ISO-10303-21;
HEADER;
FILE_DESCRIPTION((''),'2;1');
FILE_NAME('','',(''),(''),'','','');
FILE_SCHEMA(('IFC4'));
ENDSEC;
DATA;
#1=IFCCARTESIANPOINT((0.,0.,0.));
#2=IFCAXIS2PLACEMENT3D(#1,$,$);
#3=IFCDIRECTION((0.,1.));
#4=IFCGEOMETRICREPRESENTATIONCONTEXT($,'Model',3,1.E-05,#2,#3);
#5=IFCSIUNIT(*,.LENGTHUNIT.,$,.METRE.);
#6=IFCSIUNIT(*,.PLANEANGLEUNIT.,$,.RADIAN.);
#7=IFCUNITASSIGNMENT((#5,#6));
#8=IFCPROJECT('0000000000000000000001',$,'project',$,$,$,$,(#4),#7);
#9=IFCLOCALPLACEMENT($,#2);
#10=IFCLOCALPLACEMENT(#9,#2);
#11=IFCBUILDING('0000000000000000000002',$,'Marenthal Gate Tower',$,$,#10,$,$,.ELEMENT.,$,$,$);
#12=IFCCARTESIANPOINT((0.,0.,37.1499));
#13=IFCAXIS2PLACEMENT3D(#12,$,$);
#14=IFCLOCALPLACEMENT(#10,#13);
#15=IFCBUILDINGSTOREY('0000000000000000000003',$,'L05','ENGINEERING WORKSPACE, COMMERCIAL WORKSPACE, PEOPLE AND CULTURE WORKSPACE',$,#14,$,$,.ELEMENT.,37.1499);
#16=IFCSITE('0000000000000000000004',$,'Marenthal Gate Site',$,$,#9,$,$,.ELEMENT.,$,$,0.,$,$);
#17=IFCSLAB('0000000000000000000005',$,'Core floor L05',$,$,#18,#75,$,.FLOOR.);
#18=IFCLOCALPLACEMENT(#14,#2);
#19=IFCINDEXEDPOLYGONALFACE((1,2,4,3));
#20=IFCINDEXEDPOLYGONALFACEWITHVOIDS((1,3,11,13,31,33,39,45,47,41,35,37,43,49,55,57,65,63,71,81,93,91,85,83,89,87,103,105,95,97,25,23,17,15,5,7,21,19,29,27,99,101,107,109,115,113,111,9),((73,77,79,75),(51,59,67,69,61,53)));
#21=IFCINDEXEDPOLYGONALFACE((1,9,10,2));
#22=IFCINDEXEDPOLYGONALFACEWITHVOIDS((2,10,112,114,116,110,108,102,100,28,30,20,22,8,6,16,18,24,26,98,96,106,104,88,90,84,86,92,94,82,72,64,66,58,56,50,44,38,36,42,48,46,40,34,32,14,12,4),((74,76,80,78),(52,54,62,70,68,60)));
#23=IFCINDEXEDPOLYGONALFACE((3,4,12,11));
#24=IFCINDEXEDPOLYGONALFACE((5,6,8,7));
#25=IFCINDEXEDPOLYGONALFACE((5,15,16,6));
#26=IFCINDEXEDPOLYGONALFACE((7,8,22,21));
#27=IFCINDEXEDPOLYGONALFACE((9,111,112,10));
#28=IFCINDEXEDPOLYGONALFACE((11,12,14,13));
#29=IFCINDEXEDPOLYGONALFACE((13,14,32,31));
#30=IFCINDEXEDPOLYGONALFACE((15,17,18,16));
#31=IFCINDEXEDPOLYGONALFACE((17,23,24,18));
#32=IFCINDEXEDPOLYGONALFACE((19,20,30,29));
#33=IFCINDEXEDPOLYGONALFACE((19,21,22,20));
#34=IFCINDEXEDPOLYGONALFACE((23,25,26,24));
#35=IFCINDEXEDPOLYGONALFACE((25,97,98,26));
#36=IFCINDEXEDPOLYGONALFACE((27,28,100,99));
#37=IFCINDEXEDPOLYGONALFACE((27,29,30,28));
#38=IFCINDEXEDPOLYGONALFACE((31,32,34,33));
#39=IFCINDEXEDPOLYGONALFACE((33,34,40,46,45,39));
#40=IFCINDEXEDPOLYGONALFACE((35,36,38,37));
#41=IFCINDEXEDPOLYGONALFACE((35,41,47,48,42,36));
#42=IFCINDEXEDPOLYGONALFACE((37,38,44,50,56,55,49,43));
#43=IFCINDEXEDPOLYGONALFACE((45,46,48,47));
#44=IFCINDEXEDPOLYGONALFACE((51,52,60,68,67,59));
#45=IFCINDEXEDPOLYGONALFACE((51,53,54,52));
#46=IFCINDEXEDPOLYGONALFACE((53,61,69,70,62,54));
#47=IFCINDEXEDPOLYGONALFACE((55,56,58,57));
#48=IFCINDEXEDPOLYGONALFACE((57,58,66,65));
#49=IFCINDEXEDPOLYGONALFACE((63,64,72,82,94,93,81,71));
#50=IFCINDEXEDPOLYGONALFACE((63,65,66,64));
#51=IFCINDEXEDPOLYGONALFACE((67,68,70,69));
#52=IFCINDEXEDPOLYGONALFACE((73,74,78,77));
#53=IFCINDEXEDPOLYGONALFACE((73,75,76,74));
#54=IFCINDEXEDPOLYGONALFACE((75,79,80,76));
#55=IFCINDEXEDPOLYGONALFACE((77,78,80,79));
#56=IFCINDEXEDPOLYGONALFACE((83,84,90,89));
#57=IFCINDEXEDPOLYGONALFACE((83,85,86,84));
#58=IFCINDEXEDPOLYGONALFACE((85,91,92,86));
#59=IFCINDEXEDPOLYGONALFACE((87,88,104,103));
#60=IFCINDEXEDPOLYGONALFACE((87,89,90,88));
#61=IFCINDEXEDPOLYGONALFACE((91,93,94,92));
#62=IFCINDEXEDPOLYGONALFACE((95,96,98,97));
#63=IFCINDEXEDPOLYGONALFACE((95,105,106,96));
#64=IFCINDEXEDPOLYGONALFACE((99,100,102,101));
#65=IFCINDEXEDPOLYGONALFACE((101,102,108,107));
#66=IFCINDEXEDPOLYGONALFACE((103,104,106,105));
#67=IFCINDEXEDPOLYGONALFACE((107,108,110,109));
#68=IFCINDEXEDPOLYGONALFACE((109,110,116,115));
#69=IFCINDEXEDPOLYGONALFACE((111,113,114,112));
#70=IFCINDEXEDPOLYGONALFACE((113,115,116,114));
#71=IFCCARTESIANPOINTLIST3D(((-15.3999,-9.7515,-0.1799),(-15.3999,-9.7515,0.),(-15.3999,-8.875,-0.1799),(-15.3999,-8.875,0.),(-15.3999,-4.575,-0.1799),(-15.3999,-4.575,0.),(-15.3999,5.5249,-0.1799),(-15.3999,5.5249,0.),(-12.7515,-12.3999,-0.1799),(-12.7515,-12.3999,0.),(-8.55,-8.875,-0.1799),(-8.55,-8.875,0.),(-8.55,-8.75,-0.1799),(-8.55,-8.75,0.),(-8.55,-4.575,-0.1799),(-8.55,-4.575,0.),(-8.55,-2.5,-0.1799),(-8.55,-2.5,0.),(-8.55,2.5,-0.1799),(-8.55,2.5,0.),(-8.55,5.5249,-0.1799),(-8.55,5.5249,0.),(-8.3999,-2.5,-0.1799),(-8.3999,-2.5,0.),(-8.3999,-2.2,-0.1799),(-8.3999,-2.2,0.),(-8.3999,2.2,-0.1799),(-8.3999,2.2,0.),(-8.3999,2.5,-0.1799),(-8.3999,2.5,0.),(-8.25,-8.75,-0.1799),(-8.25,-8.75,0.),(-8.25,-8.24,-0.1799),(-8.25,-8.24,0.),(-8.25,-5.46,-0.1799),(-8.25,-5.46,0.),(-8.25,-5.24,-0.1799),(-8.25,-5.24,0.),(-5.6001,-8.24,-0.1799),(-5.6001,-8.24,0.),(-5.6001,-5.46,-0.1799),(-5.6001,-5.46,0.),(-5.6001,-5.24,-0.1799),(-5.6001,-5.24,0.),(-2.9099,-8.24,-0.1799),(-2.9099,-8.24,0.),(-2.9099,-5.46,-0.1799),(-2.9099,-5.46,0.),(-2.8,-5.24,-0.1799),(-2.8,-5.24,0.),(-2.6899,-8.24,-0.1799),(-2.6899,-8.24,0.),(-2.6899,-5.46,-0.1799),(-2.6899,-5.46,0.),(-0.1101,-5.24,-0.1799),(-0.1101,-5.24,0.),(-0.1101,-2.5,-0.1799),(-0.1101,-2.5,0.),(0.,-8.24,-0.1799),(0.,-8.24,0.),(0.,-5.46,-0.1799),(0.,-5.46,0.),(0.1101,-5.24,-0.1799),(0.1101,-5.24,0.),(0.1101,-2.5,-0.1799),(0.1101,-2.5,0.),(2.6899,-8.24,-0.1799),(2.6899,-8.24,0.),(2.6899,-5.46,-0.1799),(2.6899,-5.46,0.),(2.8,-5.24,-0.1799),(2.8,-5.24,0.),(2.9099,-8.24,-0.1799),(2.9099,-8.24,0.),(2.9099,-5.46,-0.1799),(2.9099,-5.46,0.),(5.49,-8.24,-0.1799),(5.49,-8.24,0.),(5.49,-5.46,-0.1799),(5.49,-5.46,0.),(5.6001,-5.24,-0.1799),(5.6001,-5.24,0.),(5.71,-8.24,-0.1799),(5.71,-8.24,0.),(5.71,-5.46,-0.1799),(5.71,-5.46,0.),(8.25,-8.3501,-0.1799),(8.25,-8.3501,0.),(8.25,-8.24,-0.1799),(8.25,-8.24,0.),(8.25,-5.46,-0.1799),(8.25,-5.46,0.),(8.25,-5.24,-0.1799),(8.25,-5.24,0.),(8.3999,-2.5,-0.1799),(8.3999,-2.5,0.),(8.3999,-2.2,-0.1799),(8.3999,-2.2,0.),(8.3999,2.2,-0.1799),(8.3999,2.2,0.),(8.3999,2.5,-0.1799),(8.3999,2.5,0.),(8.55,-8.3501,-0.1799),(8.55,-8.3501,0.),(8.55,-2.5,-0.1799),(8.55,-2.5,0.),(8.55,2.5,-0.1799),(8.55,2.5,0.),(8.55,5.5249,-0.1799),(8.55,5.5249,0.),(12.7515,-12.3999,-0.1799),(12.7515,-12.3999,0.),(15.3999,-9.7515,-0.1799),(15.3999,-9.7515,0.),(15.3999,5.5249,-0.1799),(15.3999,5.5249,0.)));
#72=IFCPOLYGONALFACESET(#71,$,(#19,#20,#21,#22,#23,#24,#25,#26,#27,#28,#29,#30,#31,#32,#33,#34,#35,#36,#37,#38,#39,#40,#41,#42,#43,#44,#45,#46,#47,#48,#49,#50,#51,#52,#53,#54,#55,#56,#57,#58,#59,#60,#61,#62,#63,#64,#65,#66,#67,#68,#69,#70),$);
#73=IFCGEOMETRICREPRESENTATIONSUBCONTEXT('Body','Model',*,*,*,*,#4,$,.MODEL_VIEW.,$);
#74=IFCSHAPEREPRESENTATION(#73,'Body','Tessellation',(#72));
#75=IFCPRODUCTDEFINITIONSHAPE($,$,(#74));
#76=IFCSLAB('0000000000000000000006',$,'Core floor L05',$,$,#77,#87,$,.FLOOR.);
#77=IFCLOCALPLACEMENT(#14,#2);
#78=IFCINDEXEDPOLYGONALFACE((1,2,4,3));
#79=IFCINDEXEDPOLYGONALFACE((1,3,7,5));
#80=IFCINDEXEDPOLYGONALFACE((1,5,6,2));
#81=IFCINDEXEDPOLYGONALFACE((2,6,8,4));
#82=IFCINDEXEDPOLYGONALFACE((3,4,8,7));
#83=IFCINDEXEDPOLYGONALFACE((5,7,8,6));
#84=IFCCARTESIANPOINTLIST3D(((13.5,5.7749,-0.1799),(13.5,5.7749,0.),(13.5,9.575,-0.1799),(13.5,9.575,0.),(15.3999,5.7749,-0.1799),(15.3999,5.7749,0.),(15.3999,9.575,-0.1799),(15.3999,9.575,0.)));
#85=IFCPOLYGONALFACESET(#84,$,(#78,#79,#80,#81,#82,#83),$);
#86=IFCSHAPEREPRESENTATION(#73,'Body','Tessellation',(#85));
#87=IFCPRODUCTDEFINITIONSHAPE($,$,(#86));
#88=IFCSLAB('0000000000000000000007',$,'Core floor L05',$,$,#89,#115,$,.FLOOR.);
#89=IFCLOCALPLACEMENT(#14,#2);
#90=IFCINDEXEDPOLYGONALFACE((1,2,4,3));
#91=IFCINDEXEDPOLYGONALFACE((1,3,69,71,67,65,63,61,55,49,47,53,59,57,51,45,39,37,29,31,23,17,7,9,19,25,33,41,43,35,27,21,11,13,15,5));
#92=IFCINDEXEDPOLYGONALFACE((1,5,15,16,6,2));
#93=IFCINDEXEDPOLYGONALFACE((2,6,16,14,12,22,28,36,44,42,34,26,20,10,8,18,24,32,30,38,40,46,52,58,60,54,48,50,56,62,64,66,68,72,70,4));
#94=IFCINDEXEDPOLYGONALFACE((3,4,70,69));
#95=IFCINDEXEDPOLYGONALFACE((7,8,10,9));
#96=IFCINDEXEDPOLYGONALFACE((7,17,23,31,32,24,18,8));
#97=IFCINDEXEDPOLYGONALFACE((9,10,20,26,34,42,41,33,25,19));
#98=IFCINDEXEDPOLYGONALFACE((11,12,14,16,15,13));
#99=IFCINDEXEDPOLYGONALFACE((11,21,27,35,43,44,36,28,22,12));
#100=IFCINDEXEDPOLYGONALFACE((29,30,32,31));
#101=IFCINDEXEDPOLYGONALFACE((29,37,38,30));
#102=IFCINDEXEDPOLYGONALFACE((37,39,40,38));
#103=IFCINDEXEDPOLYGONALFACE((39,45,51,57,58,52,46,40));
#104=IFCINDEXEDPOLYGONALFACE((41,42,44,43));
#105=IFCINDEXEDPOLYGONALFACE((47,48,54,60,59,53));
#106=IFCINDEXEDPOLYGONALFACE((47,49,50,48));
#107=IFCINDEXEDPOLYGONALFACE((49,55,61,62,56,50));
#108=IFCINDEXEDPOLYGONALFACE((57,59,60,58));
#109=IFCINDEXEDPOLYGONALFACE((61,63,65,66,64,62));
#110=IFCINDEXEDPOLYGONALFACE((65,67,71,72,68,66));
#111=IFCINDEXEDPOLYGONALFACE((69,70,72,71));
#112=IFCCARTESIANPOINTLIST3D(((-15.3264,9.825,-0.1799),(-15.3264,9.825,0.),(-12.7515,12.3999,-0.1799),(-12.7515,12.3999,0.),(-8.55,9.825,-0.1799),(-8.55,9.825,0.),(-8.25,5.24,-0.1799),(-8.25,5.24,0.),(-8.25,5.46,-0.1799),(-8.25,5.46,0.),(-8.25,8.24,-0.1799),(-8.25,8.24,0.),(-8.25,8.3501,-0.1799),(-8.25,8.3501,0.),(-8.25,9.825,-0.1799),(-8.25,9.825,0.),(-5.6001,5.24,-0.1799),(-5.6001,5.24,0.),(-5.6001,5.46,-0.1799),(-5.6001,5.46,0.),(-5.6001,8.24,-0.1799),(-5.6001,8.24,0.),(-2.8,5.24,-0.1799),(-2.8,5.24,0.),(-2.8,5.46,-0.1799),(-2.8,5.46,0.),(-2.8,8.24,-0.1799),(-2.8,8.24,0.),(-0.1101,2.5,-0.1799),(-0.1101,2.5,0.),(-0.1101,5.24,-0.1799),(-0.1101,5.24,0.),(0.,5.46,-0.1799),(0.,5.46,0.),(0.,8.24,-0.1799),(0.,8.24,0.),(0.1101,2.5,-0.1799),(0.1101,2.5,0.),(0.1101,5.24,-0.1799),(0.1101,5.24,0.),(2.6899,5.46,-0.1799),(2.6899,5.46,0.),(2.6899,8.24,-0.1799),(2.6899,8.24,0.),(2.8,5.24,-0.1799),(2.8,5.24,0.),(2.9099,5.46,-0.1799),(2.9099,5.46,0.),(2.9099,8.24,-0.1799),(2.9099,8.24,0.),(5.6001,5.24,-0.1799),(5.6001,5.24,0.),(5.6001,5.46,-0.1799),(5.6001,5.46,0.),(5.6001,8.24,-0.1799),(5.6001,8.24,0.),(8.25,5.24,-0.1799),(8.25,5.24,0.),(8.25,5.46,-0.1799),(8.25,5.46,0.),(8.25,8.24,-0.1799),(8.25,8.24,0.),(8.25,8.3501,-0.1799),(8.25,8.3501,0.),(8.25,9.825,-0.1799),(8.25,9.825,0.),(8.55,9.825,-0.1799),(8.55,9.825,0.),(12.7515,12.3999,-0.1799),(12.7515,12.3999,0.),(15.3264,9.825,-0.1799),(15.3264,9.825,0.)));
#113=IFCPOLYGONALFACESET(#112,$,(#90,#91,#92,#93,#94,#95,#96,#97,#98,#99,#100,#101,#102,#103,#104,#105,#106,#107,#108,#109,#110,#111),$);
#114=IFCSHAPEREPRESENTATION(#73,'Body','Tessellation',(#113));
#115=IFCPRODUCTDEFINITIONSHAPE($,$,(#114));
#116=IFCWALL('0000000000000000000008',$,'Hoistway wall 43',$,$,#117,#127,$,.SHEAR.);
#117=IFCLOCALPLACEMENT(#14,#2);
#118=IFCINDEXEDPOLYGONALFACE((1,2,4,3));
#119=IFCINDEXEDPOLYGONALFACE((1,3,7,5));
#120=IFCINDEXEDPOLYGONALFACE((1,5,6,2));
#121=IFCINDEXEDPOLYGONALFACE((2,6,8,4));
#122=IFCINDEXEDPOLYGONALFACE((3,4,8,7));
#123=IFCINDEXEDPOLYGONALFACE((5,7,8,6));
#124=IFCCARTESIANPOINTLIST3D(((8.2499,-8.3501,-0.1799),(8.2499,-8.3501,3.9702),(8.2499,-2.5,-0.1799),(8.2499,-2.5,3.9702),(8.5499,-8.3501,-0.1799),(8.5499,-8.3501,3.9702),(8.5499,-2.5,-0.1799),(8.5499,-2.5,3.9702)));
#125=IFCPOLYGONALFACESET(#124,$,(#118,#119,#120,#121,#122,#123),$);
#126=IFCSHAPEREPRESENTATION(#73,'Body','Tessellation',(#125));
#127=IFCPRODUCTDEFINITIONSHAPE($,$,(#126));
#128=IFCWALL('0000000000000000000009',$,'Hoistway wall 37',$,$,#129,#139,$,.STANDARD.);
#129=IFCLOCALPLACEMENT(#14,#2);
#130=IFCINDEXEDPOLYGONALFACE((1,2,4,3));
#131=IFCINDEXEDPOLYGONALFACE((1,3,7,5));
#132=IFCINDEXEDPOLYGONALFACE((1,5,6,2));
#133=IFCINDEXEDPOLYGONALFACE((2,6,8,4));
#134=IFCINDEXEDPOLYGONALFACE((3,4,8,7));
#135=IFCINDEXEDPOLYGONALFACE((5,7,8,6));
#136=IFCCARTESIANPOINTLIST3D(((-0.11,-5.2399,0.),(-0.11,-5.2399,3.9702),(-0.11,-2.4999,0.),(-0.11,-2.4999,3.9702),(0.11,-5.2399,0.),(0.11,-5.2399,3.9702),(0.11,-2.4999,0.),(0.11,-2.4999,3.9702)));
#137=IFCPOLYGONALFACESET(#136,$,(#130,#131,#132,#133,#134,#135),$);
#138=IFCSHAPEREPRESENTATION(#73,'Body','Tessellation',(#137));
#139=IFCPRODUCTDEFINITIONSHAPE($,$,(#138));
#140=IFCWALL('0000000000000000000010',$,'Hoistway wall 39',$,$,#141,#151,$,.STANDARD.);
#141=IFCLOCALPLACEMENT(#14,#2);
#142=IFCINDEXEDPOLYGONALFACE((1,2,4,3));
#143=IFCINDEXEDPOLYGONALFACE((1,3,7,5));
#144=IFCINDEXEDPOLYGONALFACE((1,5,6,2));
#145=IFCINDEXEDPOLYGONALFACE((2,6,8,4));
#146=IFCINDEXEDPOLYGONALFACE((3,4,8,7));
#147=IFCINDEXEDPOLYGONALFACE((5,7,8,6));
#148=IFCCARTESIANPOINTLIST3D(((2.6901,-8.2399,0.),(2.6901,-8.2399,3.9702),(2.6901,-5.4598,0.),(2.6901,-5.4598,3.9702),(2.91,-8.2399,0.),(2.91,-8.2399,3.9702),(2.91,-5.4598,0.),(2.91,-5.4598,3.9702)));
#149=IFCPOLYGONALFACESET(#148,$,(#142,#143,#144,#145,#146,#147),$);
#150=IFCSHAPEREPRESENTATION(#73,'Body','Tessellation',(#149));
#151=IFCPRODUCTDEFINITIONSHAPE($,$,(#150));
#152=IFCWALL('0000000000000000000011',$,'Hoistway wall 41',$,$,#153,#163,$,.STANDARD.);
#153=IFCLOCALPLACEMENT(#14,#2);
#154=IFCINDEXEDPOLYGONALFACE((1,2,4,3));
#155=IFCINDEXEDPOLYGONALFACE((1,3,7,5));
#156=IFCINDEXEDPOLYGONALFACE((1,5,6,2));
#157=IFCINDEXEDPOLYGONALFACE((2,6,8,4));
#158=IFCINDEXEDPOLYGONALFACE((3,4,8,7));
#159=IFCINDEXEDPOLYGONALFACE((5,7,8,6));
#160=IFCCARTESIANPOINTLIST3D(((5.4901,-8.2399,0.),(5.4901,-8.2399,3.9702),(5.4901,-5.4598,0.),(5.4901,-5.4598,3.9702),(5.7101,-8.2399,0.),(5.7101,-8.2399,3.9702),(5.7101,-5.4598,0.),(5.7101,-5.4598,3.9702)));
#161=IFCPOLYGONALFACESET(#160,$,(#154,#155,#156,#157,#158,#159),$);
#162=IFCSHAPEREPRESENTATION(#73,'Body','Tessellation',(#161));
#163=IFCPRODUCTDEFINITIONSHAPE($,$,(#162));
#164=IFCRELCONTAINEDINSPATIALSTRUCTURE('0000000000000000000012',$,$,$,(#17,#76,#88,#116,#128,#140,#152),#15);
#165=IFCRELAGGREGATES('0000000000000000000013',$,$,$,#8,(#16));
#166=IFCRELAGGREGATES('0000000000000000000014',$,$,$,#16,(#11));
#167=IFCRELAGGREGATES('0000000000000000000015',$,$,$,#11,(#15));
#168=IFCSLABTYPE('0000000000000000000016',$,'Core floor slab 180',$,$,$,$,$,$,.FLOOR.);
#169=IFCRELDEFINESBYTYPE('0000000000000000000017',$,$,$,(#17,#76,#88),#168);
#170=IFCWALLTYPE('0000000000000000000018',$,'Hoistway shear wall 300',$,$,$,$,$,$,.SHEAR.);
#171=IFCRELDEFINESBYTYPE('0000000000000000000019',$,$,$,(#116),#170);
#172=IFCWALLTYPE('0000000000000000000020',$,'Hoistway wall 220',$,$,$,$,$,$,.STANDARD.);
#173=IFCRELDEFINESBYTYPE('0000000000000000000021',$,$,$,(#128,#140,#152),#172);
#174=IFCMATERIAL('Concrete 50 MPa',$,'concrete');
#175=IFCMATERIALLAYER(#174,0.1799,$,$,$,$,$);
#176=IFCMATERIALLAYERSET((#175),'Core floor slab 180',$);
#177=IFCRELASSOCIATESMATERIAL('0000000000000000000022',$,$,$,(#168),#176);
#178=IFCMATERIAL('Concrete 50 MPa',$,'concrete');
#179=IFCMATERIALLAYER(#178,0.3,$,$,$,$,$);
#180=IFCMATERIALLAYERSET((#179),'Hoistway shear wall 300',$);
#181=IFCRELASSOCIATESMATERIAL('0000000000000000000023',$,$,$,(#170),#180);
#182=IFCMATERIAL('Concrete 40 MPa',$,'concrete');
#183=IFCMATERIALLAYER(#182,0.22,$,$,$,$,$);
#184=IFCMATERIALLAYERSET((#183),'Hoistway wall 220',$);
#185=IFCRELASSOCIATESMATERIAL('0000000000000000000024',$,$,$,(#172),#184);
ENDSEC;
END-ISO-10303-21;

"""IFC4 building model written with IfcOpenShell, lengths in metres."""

from ifc_helpers import new_model, si_unit, direction, frame, frame_2d, origin, place, context, subcontext, project, spatial, polyline, rectangle, outline, extrude, material, layer, layer_set, type_object, element, save


model = new_model("IFC4")

# Units and contexts
model_context = context("Model", 3, precision=1e-05, world=origin(), true_north=direction((0.0, 1.0)))
body_context = subcontext(model_context, "Body", "Model", "MODEL_VIEW")
ifc_project = project(units=[si_unit("LENGTHUNIT", "METRE"), si_unit("PLANEANGLEUNIT", "RADIAN")], contexts=[model_context])

# Site, building, storey
site_placement = place(None, origin())
site = spatial("IfcSite", under=ifc_project, at=site_placement, Name="Marenthal Gate Site", CompositionType="ELEMENT", RefElevation=0.0)
building_placement = place(site_placement, origin())
building = spatial("IfcBuilding", under=site, at=building_placement, Name="Marenthal Gate Tower", CompositionType="ELEMENT")
storey_placement = place(building_placement, frame((0.0, 0.0, 37.1499)))
storey = spatial("IfcBuildingStorey", under=building, at=storey_placement, Name="L05", Description="ENGINEERING WORKSPACE, COMMERCIAL WORKSPACE, PEOPLE AND CULTURE WORKSPACE", CompositionType="ELEMENT", Elevation=37.1499)

# Slabs
ifc_material_1 = material(Name="Concrete 50 MPa", Category="concrete")
ifc_layer_1 = layer(ifc_material_1, 0.1799)
ifc_layer_set_1 = layer_set([ifc_layer_1], Name="Core floor slab 180")
slab_type_1 = type_object("IfcSlabType", Name="Core floor slab 180", PredefinedType="FLOOR", material=ifc_layer_set_1)
slab_1_placement = place(storey_placement, frame((0.0, 0.0, -0.1799)))
element("IfcSlab", 1, at=slab_1_placement, inside=storey, type_object=slab_type_1, Name="Core floor L05", PredefinedType="FLOOR", context=body_context, shape_type="SweptSolid", body=[
    extrude(outline(polyline([(15.3999, -9.7515), (12.7515, -12.3999), (-12.7515, -12.3999), (-15.3999, -9.7515), (-15.3999, -8.875), (-8.55, -8.875), (-8.55, -8.75), (-8.25, -8.75), (-8.25, -8.24), (-5.6001, -8.24), (-2.9099, -8.24), (-2.9099, -5.46), (-5.6001, -5.46), (-8.25, -5.46), (-8.25, -5.24), (-5.6001, -5.24), (-2.8, -5.24), (-0.1101, -5.24), (-0.1101, -2.5), (0.1101, -2.5), (0.1101, -5.24), (2.8, -5.24), (5.6001, -5.24), (8.25, -5.24), (8.25, -5.46), (5.71, -5.46), (5.71, -8.24), (8.25, -8.24), (8.25, -8.3501), (8.55, -8.3501), (8.55, -2.5), (8.3999, -2.5), (8.3999, -2.2), (-8.3999, -2.2), (-8.3999, -2.5), (-8.55, -2.5), (-8.55, -4.575), (-15.3999, -4.575), (-15.3999, 5.5249), (-8.55, 5.5249), (-8.55, 2.5), (-8.3999, 2.5), (-8.3999, 2.2), (8.3999, 2.2), (8.3999, 2.5), (8.55, 2.5), (8.55, 5.5249), (15.3999, 5.5249), (15.3999, -9.7515)]), holes=[polyline([(2.6899, -5.46), (0.0, -5.46), (-2.6899, -5.46), (-2.6899, -8.24), (0.0, -8.24), (2.6899, -8.24), (2.6899, -5.46)]), polyline([(5.49, -5.46), (2.9099, -5.46), (2.9099, -8.24), (5.49, -8.24), (5.49, -5.46)])]), origin(), (0.0, 0.0, 1.0), 0.1799),
])
slab_2_placement = place(storey_placement, frame((0.0, 0.0, -0.1799)))
element("IfcSlab", 2, at=slab_2_placement, inside=storey, type_object=slab_type_1, Name="Core floor L05", PredefinedType="FLOOR", context=body_context, shape_type="SweptSolid", body=[
    extrude(outline(polyline([(15.3999, 5.7749), (13.5, 5.7749), (13.5, 9.575), (15.3999, 9.575), (15.3999, 5.7749)])), origin(), (0.0, 0.0, 1.0), 0.1799),
])
slab_3_placement = place(storey_placement, frame((0.0, 0.0, -0.1799)))
element("IfcSlab", 3, at=slab_3_placement, inside=storey, type_object=slab_type_1, Name="Core floor L05", PredefinedType="FLOOR", context=body_context, shape_type="SweptSolid", body=[
    extrude(outline(polyline([(12.7515, 12.3999), (15.3264, 9.825), (8.55, 9.825), (8.25, 9.825), (8.25, 8.3501), (8.25, 8.24), (5.6001, 8.24), (2.9099, 8.24), (2.9099, 5.46), (5.6001, 5.46), (8.25, 5.46), (8.25, 5.24), (5.6001, 5.24), (2.8, 5.24), (0.1101, 5.24), (0.1101, 2.5), (-0.1101, 2.5), (-0.1101, 5.24), (-2.8, 5.24), (-5.6001, 5.24), (-8.25, 5.24), (-8.25, 5.46), (-5.6001, 5.46), (-2.8, 5.46), (0.0, 5.46), (2.6899, 5.46), (2.6899, 8.24), (0.0, 8.24), (-2.8, 8.24), (-5.6001, 8.24), (-8.25, 8.24), (-8.25, 8.3501), (-8.25, 9.825), (-8.55, 9.825), (-15.3264, 9.825), (-12.7515, 12.3999), (12.7515, 12.3999)])), origin(), (0.0, 0.0, 1.0), 0.1799),
])

# Walls
ifc_material_2 = material(Name="Concrete 50 MPa", Category="concrete")
ifc_layer_2 = layer(ifc_material_2, 0.3)
ifc_layer_set_2 = layer_set([ifc_layer_2], Name="Hoistway shear wall 300")
wall_type_1 = type_object("IfcWallType", Name="Hoistway shear wall 300", PredefinedType="SHEAR", material=ifc_layer_set_2)
wall_1_placement = place(storey_placement, frame((8.3999, -8.3501, -0.1799), z_axis=(0.0, 0.0, 1.0), x_axis=(0.0, 1.0, 0.0)))
element("IfcWall", 4, at=wall_1_placement, inside=storey, type_object=wall_type_1, Name="Hoistway wall 43", PredefinedType="SHEAR", context=body_context, shape_type="SweptSolid", body=[
    extrude(rectangle(XDim=5.8501, YDim=0.3, at=frame_2d((2.925, 0.0))), origin(), (0.0, 0.0, 1.0), 4.1501),
])
ifc_material_3 = material(Name="Concrete 40 MPa", Category="concrete")
ifc_layer_3 = layer(ifc_material_3, 0.22)
ifc_layer_set_3 = layer_set([ifc_layer_3], Name="Hoistway wall 220")
wall_type_2 = type_object("IfcWallType", Name="Hoistway wall 220", PredefinedType="STANDARD", material=ifc_layer_set_3)
wall_2_placement = place(storey_placement, frame((0.0, -5.24, 0.0), z_axis=(0.0, 0.0, 1.0), x_axis=(0.0, 1.0, 0.0)))
element("IfcWall", 5, at=wall_2_placement, inside=storey, type_object=wall_type_2, Name="Hoistway wall 37", PredefinedType="STANDARD", context=body_context, shape_type="SweptSolid", body=[
    extrude(rectangle(XDim=2.74, YDim=0.22, at=frame_2d((1.3701, 0.0))), origin(), (0.0, 0.0, 1.0), 3.9702),
])
for number, where, z_axis, x_axis, name in (
    (6, (2.8, -8.24, 0.0), (0.0, 0.0, 1.0), (0.0, 1.0, 0.0), "Hoistway wall 39"),
    (7, (5.6001, -8.24, 0.0), (0.0, 0.0, 1.0), (0.0, 1.0, 0.0), "Hoistway wall 41"),
):
    element("IfcWall", number, at=place(storey_placement, frame(where, z_axis=z_axis, x_axis=x_axis)), inside=storey, type_object=wall_type_2, Name=name, PredefinedType="STANDARD", context=body_context, shape_type="SweptSolid", body=[
        extrude(rectangle(XDim=2.78, YDim=0.22, at=frame_2d((1.3901, 0.0))), origin(), (0.0, 0.0, 1.0), 3.9702),
    ])

save(model, "model.ifc")
